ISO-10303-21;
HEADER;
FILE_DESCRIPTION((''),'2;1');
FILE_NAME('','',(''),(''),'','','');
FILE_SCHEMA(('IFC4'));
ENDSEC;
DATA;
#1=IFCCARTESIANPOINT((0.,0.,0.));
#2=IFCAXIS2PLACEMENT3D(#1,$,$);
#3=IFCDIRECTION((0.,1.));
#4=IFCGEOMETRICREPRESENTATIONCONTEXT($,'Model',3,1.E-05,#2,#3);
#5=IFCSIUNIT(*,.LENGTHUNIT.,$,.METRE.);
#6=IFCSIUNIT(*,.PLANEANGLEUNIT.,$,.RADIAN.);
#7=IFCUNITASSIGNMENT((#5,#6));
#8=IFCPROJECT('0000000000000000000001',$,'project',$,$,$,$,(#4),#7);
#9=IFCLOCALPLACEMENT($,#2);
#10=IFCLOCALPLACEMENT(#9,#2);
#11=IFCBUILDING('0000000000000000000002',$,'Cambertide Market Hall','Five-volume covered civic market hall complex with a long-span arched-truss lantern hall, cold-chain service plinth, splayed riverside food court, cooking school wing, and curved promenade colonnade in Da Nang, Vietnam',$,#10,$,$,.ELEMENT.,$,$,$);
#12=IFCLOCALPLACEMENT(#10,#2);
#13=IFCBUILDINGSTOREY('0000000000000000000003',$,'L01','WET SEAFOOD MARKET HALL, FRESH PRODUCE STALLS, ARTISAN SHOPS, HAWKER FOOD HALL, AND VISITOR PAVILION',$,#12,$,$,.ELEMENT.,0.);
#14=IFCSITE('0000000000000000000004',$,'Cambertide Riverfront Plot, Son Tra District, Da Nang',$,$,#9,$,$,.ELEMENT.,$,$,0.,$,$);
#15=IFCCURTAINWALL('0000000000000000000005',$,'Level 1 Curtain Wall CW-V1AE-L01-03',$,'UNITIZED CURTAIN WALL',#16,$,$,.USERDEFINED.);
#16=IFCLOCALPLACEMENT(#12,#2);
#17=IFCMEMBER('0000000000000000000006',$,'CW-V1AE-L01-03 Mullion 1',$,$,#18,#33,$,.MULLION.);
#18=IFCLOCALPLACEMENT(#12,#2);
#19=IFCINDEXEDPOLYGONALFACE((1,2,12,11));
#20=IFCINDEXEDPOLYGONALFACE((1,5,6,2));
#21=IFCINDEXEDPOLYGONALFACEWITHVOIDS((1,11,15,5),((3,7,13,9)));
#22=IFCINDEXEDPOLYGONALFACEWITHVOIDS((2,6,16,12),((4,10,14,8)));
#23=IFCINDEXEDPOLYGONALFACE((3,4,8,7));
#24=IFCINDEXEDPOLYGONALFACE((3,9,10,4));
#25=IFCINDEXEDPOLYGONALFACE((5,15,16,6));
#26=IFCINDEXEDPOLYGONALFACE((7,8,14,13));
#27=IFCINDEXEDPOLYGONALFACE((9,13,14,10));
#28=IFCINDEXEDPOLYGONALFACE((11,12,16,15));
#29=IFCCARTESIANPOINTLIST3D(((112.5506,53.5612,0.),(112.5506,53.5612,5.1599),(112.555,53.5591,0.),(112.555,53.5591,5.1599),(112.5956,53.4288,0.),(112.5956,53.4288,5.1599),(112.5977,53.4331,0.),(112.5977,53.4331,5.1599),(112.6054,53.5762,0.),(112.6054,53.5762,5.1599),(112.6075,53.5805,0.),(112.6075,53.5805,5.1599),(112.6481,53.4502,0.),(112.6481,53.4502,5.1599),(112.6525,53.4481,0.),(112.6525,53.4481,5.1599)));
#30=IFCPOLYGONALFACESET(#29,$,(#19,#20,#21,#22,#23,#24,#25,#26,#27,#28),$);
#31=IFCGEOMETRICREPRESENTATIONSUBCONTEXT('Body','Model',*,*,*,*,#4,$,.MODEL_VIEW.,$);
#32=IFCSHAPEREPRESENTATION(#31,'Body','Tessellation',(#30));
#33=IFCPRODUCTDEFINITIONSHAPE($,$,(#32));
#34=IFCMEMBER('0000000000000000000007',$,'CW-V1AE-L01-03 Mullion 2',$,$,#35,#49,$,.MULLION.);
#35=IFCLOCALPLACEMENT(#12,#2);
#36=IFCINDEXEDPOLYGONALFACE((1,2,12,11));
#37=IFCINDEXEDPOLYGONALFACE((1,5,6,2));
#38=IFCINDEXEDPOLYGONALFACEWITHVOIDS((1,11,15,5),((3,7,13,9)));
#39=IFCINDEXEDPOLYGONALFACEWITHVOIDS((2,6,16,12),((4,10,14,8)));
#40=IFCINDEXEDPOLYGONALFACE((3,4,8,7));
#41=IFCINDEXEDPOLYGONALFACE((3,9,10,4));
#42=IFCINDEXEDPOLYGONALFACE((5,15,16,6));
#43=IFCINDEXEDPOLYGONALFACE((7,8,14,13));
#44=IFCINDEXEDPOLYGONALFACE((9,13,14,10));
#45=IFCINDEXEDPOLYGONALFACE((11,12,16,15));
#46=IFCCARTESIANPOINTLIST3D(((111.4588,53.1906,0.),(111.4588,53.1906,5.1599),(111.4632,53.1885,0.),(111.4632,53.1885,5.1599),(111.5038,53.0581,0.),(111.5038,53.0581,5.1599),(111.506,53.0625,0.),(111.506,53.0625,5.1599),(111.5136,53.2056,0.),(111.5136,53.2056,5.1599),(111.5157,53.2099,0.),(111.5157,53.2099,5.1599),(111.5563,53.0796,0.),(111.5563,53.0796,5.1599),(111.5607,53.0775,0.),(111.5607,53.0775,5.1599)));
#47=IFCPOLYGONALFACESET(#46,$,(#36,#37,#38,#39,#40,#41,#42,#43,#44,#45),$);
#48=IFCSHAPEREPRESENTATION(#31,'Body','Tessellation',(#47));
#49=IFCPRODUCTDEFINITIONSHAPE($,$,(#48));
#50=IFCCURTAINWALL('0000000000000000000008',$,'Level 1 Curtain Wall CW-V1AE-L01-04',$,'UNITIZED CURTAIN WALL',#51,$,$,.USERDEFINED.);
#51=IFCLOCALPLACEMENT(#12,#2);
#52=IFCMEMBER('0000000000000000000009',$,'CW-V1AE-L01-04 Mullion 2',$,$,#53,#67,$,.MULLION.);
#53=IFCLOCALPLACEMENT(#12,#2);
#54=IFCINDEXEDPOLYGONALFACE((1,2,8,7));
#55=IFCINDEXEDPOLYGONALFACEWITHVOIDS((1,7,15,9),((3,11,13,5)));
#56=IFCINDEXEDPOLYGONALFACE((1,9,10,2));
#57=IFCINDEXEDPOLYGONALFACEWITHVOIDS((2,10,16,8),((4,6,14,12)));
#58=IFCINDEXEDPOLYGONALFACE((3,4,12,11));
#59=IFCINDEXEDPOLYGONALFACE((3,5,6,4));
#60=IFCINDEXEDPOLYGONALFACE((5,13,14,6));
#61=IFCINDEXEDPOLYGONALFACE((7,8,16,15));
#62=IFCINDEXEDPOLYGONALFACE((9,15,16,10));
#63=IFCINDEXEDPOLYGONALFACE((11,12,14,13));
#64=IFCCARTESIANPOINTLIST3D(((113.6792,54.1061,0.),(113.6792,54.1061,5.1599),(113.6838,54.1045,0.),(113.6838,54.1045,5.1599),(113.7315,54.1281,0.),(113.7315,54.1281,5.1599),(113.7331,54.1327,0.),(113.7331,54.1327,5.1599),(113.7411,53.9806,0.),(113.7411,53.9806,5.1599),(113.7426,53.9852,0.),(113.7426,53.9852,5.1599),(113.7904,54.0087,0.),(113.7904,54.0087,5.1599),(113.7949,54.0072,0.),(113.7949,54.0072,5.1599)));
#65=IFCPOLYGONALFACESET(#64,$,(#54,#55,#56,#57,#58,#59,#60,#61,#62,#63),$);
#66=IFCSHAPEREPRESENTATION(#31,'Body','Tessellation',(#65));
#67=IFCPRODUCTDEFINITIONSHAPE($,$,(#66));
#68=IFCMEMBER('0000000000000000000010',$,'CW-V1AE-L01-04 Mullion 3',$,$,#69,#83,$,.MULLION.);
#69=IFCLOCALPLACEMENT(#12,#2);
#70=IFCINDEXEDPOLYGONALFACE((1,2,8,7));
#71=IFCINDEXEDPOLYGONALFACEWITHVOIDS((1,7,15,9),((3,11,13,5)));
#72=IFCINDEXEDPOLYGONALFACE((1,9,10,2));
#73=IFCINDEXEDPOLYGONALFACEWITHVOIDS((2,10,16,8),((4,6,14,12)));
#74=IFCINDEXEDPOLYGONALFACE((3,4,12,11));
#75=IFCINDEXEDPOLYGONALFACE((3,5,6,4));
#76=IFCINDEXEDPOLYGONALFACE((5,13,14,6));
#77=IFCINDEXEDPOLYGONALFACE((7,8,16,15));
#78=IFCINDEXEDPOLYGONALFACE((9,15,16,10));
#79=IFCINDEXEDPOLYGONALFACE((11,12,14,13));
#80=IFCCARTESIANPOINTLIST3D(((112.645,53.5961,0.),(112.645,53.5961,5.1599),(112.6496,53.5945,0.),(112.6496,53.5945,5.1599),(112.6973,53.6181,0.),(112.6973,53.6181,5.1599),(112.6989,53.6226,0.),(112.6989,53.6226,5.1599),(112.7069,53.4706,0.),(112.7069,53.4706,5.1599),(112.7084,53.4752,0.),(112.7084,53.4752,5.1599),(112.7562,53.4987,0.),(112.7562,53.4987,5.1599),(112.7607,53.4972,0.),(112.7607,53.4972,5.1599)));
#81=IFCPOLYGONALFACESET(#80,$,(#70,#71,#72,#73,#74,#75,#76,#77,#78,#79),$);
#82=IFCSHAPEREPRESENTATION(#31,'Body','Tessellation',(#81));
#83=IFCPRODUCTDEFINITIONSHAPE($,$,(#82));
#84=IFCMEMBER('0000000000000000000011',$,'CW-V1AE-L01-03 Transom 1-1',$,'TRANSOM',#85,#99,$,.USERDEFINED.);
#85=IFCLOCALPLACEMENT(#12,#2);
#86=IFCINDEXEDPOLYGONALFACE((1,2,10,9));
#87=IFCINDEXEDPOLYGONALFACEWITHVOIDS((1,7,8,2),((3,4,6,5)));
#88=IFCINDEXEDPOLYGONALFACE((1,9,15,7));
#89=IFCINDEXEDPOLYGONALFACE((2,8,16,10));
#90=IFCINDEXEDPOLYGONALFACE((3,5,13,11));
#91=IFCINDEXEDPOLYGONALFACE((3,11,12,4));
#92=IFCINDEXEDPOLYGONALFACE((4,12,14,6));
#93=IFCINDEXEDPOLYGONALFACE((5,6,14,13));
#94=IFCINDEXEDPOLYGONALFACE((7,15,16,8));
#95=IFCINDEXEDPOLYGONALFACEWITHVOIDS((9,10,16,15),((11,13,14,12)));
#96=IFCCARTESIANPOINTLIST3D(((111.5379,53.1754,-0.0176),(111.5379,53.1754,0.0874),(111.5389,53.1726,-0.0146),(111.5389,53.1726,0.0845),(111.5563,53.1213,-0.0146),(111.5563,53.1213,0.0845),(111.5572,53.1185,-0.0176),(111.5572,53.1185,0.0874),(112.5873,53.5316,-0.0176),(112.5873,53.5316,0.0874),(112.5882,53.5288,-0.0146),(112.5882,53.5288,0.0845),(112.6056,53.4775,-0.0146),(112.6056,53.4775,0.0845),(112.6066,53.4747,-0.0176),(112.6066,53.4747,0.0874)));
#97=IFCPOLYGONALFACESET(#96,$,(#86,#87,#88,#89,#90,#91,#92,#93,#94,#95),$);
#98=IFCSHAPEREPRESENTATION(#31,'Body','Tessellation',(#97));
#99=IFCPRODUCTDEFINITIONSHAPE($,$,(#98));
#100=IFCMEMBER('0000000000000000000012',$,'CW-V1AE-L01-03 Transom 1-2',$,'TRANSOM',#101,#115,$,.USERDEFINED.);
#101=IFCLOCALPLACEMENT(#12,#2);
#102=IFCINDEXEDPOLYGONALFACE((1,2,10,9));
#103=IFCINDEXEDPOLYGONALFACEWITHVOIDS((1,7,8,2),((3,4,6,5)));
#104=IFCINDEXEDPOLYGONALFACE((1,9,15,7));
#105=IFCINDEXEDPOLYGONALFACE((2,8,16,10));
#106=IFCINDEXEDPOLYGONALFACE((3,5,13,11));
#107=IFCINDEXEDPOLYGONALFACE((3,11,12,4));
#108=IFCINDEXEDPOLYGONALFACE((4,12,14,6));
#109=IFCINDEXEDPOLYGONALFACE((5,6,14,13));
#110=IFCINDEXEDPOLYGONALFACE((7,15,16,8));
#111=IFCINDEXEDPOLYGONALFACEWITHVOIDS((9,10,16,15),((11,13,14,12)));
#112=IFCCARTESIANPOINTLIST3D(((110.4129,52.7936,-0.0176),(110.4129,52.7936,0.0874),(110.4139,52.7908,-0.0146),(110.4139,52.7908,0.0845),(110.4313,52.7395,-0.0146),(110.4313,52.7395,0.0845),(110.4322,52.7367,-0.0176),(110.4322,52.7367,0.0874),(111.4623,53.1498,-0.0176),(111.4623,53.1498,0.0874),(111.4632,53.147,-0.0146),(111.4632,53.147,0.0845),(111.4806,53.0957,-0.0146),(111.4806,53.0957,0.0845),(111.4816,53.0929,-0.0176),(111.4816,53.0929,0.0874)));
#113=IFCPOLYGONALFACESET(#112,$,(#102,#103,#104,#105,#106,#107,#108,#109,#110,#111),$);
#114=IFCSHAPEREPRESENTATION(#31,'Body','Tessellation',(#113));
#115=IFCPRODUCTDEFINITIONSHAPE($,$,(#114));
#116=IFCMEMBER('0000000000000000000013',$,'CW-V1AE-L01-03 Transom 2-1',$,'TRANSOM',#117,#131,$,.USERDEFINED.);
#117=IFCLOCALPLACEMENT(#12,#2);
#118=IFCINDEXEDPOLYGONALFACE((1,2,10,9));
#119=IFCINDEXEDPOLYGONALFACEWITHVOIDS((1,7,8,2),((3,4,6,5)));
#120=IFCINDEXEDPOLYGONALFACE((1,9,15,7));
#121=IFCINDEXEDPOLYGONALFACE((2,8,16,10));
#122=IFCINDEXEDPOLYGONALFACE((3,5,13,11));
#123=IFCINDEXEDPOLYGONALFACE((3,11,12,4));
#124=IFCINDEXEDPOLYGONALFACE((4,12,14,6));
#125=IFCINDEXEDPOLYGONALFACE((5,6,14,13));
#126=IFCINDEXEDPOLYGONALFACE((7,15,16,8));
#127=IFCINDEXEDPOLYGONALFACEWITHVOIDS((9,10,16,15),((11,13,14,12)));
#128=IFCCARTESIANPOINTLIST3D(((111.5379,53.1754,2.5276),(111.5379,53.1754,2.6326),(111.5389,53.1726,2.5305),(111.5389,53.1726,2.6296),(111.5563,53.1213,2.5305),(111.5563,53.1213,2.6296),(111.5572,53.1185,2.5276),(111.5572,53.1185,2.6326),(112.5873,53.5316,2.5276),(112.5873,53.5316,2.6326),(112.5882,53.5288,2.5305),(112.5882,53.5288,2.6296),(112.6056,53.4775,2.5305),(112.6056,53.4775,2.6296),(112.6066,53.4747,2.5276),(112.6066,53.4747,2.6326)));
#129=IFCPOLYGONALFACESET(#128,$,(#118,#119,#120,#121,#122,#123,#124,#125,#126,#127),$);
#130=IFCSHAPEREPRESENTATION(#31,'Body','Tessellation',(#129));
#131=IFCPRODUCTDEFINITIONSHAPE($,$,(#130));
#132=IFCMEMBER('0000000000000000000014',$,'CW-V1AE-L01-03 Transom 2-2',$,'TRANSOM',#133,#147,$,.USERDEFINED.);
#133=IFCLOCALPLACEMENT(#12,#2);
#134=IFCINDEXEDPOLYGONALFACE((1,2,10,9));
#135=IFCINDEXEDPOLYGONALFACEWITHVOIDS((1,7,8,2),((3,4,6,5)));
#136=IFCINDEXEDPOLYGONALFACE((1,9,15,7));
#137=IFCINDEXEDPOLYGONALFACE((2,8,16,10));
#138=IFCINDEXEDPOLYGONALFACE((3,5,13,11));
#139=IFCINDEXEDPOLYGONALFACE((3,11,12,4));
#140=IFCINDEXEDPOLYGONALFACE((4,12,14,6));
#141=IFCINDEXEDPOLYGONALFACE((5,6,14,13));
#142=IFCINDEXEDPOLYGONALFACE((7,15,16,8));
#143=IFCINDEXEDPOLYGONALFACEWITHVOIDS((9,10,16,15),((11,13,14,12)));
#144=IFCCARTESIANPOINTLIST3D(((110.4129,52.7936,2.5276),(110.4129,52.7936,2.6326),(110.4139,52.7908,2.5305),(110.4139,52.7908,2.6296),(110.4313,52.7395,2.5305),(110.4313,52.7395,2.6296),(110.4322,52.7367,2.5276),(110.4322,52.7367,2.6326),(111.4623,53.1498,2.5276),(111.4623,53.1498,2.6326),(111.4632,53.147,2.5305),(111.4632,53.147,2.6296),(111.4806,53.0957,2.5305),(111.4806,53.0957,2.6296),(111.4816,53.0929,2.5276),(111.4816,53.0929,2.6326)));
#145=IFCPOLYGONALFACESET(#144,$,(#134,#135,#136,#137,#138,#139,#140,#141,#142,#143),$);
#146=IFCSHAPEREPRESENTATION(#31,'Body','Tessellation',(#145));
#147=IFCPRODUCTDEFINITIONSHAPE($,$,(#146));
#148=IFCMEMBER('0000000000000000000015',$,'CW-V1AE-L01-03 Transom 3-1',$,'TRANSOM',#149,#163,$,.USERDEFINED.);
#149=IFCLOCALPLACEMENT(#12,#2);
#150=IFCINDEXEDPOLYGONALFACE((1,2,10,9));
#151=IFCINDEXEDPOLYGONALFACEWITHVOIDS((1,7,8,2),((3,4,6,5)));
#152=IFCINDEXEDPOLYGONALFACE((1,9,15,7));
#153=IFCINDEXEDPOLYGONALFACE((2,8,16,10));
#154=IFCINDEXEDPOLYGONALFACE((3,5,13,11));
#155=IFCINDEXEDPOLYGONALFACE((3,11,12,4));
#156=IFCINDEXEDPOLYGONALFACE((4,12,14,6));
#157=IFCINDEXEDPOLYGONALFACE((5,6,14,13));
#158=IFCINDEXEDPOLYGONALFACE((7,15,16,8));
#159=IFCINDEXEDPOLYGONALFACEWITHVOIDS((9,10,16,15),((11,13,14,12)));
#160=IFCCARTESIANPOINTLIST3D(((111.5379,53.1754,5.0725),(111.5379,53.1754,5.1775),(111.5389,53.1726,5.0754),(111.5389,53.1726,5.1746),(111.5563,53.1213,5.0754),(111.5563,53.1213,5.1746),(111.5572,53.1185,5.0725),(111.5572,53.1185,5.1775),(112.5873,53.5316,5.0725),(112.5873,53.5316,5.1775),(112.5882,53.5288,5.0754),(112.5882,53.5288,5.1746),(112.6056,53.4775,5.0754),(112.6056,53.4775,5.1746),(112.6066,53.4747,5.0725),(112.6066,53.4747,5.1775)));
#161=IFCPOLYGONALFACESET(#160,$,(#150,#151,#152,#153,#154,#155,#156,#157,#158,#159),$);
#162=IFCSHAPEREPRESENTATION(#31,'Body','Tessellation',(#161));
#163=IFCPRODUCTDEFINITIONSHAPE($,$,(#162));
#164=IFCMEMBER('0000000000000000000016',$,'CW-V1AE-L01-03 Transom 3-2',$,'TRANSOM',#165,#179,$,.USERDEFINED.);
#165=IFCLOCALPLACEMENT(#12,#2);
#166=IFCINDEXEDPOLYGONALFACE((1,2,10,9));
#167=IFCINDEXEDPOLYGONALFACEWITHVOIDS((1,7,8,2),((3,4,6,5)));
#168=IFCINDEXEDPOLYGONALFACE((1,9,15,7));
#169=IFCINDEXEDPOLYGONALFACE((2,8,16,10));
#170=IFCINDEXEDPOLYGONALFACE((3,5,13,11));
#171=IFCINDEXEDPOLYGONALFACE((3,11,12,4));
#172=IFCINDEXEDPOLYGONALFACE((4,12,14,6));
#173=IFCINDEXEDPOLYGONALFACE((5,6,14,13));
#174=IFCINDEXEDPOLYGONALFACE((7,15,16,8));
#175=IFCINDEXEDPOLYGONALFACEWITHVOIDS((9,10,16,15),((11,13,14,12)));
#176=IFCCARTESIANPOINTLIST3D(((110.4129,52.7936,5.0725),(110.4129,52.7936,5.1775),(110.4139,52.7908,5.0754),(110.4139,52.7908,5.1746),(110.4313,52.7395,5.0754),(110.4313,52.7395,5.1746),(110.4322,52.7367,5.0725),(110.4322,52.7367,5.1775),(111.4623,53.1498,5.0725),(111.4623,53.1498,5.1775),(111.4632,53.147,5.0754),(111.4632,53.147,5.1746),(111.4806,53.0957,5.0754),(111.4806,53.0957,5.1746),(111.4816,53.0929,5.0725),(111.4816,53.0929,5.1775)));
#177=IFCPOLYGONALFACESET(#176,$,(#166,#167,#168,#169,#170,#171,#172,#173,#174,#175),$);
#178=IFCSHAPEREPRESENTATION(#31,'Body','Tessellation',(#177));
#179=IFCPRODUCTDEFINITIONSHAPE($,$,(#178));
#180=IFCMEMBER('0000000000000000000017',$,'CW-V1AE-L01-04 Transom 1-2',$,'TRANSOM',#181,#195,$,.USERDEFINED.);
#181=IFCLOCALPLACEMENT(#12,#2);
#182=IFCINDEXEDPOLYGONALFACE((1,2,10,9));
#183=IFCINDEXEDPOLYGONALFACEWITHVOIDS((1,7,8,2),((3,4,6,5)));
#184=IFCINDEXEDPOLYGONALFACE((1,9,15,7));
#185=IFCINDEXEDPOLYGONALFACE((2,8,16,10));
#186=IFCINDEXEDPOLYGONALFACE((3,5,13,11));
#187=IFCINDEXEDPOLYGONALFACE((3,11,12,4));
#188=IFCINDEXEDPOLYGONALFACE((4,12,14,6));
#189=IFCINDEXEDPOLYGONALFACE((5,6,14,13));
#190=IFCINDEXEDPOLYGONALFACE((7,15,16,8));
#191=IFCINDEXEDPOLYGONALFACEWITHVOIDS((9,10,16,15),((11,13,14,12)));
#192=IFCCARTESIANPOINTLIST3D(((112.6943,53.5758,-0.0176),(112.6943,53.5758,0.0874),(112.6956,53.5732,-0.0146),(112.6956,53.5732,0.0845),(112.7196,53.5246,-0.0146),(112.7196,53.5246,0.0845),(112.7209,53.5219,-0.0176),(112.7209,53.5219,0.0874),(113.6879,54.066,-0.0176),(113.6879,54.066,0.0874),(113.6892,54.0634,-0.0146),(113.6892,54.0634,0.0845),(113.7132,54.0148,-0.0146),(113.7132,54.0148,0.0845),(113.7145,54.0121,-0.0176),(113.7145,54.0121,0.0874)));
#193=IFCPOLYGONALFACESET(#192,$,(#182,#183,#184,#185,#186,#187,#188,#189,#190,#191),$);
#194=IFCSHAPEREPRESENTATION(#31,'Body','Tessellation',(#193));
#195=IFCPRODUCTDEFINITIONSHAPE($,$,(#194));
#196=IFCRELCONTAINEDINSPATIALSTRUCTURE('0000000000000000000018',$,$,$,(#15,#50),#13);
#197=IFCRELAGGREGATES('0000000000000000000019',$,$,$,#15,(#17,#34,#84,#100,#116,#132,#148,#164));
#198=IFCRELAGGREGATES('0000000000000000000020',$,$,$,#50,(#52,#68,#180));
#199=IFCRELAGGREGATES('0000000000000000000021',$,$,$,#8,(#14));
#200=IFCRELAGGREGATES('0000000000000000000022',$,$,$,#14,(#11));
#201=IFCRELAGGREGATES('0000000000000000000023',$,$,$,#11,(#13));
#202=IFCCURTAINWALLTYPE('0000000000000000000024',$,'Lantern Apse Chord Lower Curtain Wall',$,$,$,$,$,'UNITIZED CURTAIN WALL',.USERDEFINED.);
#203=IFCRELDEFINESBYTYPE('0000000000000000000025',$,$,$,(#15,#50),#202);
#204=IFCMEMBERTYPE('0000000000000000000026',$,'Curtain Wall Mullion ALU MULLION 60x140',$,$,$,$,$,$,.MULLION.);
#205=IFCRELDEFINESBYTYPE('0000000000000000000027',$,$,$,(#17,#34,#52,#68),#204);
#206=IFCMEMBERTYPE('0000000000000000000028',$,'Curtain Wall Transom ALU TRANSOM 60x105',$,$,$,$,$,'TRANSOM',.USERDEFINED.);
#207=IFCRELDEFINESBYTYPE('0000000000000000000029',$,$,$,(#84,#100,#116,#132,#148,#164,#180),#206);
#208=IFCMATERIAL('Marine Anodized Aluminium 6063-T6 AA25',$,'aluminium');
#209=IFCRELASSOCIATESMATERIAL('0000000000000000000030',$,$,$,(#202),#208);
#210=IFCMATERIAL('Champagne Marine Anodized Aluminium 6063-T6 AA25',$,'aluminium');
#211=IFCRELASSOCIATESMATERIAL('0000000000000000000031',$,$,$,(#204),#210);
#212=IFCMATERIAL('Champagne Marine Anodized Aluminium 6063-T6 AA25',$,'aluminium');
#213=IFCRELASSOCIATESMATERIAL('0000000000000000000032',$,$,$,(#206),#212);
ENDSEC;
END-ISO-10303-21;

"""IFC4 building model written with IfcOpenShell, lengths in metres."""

from ifc_helpers import new_model, si_unit, direction, frame, origin, origin_2d, place, context, subcontext, project, spatial, hollow_rectangle, extrude, material, material_profile, profile_set, type_object, element, aggregate, save


model = new_model("IFC4")

# Units and contexts
model_context = context("Model", 3, precision=1e-05, world=origin(), true_north=direction((0.0, 1.0)))
body_context = subcontext(model_context, "Body", "Model", "MODEL_VIEW")
ifc_project = project(units=[si_unit("LENGTHUNIT", "METRE"), si_unit("PLANEANGLEUNIT", "RADIAN")], contexts=[model_context])

# Site, building, storey
site_placement = place(None, origin())
site = spatial("IfcSite", under=ifc_project, at=site_placement, Name="Cambertide Riverfront Plot, Son Tra District, Da Nang", CompositionType="ELEMENT", RefElevation=0.0)
building_placement = place(site_placement, origin())
building = spatial("IfcBuilding", under=site, at=building_placement, Name="Cambertide Market Hall", Description="Five-volume covered civic market hall complex with a long-span arched-truss lantern hall, cold-chain service plinth, splayed riverside food court, cooking school wing, and curved promenade colonnade in Da Nang, Vietnam", CompositionType="ELEMENT")
storey_placement = place(building_placement, origin())
storey = spatial("IfcBuildingStorey", under=building, at=storey_placement, Name="L01", Description="WET SEAFOOD MARKET HALL, FRESH PRODUCE STALLS, ARTISAN SHOPS, HAWKER FOOD HALL, AND VISITOR PAVILION", CompositionType="ELEMENT", Elevation=0.0)

# Curtain walls, members
ifc_material_1 = material(Name="Marine Anodized Aluminium 6063-T6 AA25", Category="aluminium")
curtain_wall_type = type_object("IfcCurtainWallType", Name="Lantern Apse Chord Lower Curtain Wall", ElementType="UNITIZED CURTAIN WALL", PredefinedType="USERDEFINED", material=ifc_material_1)
curtain_wall_1_placement = place(storey_placement, origin())
curtain_wall_1 = element("IfcCurtainWall", 1, at=curtain_wall_1_placement, inside=storey, type_object=curtain_wall_type, Name="Level 1 Curtain Wall CW-V1AE-L01-03", ObjectType="UNITIZED CURTAIN WALL", PredefinedType="USERDEFINED")
ifc_material_2 = material(Name="Champagne Marine Anodized Aluminium 6063-T6 AA25", Category="aluminium")
ifc_material_profile_1 = material_profile(ifc_material_2, hollow_rectangle(XDim=0.0601, YDim=0.1399, WallThickness=0.0034, at=origin_2d()), Name="ALU MULLION 60x140")
ifc_profile_set_1 = profile_set([ifc_material_profile_1], Name="Champagne Marine Anodized Aluminium 6063-T6 AA25")
member_type_1 = type_object("IfcMemberType", Name="Curtain Wall Mullion ALU MULLION 60x140", PredefinedType="MULLION", material=ifc_profile_set_1)
member_1_placement = place(storey_placement, frame((112.6016, 53.5046, 0.0), z_axis=(0.0, 0.0, 1.0), x_axis=(-0.94693, -0.321439, 0.0)))
member_1 = element("IfcMember", 2, at=member_1_placement, type_object=member_type_1, Name="CW-V1AE-L01-03 Mullion 1", PredefinedType="MULLION", context=body_context, shape_type="SweptSolid", body=[
    extrude(hollow_rectangle(XDim=0.0601, YDim=0.1399, WallThickness=0.0034, at=origin_2d()), origin(), (0.0, 0.0, 1.0), 5.1599),
])
member_2_placement = place(storey_placement, frame((111.5098, 53.134, 0.0), z_axis=(0.0, 0.0, 1.0), x_axis=(-0.94693, -0.321439, 0.0)))
member_2 = element("IfcMember", 3, at=member_2_placement, type_object=member_type_1, Name="CW-V1AE-L01-03 Mullion 2", PredefinedType="MULLION", context=body_context, shape_type="SweptSolid", body=[
    extrude(hollow_rectangle(XDim=0.0601, YDim=0.1399, WallThickness=0.0034, at=origin_2d()), origin(), (0.0, 0.0, 1.0), 5.1599),
])
curtain_wall_2_placement = place(storey_placement, origin())
curtain_wall_2 = element("IfcCurtainWall", 4, at=curtain_wall_2_placement, inside=storey, type_object=curtain_wall_type, Name="Level 1 Curtain Wall CW-V1AE-L01-04", ObjectType="UNITIZED CURTAIN WALL", PredefinedType="USERDEFINED")
member_3_placement = place(storey_placement, frame((113.7371, 54.0566, 0.0), z_axis=(0.0, 0.0, 1.0), x_axis=(-0.896873, -0.442289, 0.0)))
member_3 = element("IfcMember", 5, at=member_3_placement, type_object=member_type_1, Name="CW-V1AE-L01-04 Mullion 2", PredefinedType="MULLION", context=body_context, shape_type="SweptSolid", body=[
    extrude(hollow_rectangle(XDim=0.0601, YDim=0.1399, WallThickness=0.0034, at=origin_2d()), origin(), (0.0, 0.0, 1.0), 5.1599),
])
member_4_placement = place(storey_placement, frame((112.7029, 53.5466, 0.0), z_axis=(0.0, 0.0, 1.0), x_axis=(-0.896873, -0.442289, 0.0)))
member_4 = element("IfcMember", 6, at=member_4_placement, type_object=member_type_1, Name="CW-V1AE-L01-04 Mullion 3", PredefinedType="MULLION", context=body_context, shape_type="SweptSolid", body=[
    extrude(hollow_rectangle(XDim=0.0601, YDim=0.1399, WallThickness=0.0034, at=origin_2d()), origin(), (0.0, 0.0, 1.0), 5.1599),
])

# Members
ifc_material_3 = material(Name="Champagne Marine Anodized Aluminium 6063-T6 AA25", Category="aluminium")
ifc_material_profile_2 = material_profile(ifc_material_3, hollow_rectangle(XDim=0.0601, YDim=0.105, WallThickness=0.0029, at=origin_2d()), Name="ALU TRANSOM 60x105")
ifc_profile_set_2 = profile_set([ifc_material_profile_2], Name="Champagne Marine Anodized Aluminium 6063-T6 AA25")
member_type_2 = type_object("IfcMemberType", Name="Curtain Wall Transom ALU TRANSOM 60x105", ElementType="TRANSOM", PredefinedType="USERDEFINED", material=ifc_profile_set_2)
member_5_placement = place(storey_placement, frame((112.5969, 53.5032, 0.0349), z_axis=(-0.946928, -0.321445, 0.0), x_axis=(0.321445, -0.946928, 0.0)))
member_5 = element("IfcMember", 7, at=member_5_placement, type_object=member_type_2, Name="CW-V1AE-L01-03 Transom 1-1", ObjectType="TRANSOM", PredefinedType="USERDEFINED", context=body_context, shape_type="SweptSolid", body=[
    extrude(hollow_rectangle(XDim=0.0601, YDim=0.105, WallThickness=0.0029, at=origin_2d()), origin(), (0.0, 0.0, 1.0), 1.1082),
])
member_6_placement = place(storey_placement, frame((111.4719, 53.1213, 0.0349), z_axis=(-0.946928, -0.321445, 0.0), x_axis=(0.321445, -0.946928, 0.0)))
member_6 = element("IfcMember", 8, at=member_6_placement, type_object=member_type_2, Name="CW-V1AE-L01-03 Transom 1-2", ObjectType="TRANSOM", PredefinedType="USERDEFINED", context=body_context, shape_type="SweptSolid", body=[
    extrude(hollow_rectangle(XDim=0.0601, YDim=0.105, WallThickness=0.0029, at=origin_2d()), origin(), (0.0, 0.0, 1.0), 1.1082),
])
member_7_placement = place(storey_placement, frame((112.5969, 53.5032, 2.5801), z_axis=(-0.946928, -0.321445, 0.0), x_axis=(0.321445, -0.946928, 0.0)))
member_7 = element("IfcMember", 9, at=member_7_placement, type_object=member_type_2, Name="CW-V1AE-L01-03 Transom 2-1", ObjectType="TRANSOM", PredefinedType="USERDEFINED", context=body_context, shape_type="SweptSolid", body=[
    extrude(hollow_rectangle(XDim=0.0601, YDim=0.105, WallThickness=0.0029, at=origin_2d()), origin(), (0.0, 0.0, 1.0), 1.1082),
])
member_8_placement = place(storey_placement, frame((111.4719, 53.1213, 2.5801), z_axis=(-0.946928, -0.321445, 0.0), x_axis=(0.321445, -0.946928, 0.0)))
member_8 = element("IfcMember", 10, at=member_8_placement, type_object=member_type_2, Name="CW-V1AE-L01-03 Transom 2-2", ObjectType="TRANSOM", PredefinedType="USERDEFINED", context=body_context, shape_type="SweptSolid", body=[
    extrude(hollow_rectangle(XDim=0.0601, YDim=0.105, WallThickness=0.0029, at=origin_2d()), origin(), (0.0, 0.0, 1.0), 1.1082),
])
member_9_placement = place(storey_placement, frame((112.5969, 53.5032, 5.125), z_axis=(-0.946928, -0.321445, 0.0), x_axis=(0.321445, -0.946928, 0.0)))
member_9 = element("IfcMember", 11, at=member_9_placement, type_object=member_type_2, Name="CW-V1AE-L01-03 Transom 3-1", ObjectType="TRANSOM", PredefinedType="USERDEFINED", context=body_context, shape_type="SweptSolid", body=[
    extrude(hollow_rectangle(XDim=0.0601, YDim=0.105, WallThickness=0.0029, at=origin_2d()), origin(), (0.0, 0.0, 1.0), 1.1082),
])
member_10_placement = place(storey_placement, frame((111.4719, 53.1213, 5.125), z_axis=(-0.946928, -0.321445, 0.0), x_axis=(0.321445, -0.946928, 0.0)))
member_10 = element("IfcMember", 12, at=member_10_placement, type_object=member_type_2, Name="CW-V1AE-L01-03 Transom 3-2", ObjectType="TRANSOM", PredefinedType="USERDEFINED", context=body_context, shape_type="SweptSolid", body=[
    extrude(hollow_rectangle(XDim=0.0601, YDim=0.105, WallThickness=0.0029, at=origin_2d()), origin(), (0.0, 0.0, 1.0), 1.1082),
])
member_11_placement = place(storey_placement, frame((113.7012, 54.0391, 0.0349), z_axis=(-0.896794, -0.442448, 0.0), x_axis=(0.442448, -0.896794, 0.0)))
member_11 = element("IfcMember", 13, at=member_11_placement, type_object=member_type_2, Name="CW-V1AE-L01-04 Transom 1-2", ObjectType="TRANSOM", PredefinedType="USERDEFINED", context=body_context, shape_type="SweptSolid", body=[
    extrude(hollow_rectangle(XDim=0.0601, YDim=0.105, WallThickness=0.0029, at=origin_2d()), origin(), (0.0, 0.0, 1.0), 1.1079),
])

aggregate(curtain_wall_1, [member_1, member_2, member_5, member_6, member_7, member_8, member_9, member_10])
aggregate(curtain_wall_2, [member_3, member_4, member_11])

save(model, "model.ifc")
